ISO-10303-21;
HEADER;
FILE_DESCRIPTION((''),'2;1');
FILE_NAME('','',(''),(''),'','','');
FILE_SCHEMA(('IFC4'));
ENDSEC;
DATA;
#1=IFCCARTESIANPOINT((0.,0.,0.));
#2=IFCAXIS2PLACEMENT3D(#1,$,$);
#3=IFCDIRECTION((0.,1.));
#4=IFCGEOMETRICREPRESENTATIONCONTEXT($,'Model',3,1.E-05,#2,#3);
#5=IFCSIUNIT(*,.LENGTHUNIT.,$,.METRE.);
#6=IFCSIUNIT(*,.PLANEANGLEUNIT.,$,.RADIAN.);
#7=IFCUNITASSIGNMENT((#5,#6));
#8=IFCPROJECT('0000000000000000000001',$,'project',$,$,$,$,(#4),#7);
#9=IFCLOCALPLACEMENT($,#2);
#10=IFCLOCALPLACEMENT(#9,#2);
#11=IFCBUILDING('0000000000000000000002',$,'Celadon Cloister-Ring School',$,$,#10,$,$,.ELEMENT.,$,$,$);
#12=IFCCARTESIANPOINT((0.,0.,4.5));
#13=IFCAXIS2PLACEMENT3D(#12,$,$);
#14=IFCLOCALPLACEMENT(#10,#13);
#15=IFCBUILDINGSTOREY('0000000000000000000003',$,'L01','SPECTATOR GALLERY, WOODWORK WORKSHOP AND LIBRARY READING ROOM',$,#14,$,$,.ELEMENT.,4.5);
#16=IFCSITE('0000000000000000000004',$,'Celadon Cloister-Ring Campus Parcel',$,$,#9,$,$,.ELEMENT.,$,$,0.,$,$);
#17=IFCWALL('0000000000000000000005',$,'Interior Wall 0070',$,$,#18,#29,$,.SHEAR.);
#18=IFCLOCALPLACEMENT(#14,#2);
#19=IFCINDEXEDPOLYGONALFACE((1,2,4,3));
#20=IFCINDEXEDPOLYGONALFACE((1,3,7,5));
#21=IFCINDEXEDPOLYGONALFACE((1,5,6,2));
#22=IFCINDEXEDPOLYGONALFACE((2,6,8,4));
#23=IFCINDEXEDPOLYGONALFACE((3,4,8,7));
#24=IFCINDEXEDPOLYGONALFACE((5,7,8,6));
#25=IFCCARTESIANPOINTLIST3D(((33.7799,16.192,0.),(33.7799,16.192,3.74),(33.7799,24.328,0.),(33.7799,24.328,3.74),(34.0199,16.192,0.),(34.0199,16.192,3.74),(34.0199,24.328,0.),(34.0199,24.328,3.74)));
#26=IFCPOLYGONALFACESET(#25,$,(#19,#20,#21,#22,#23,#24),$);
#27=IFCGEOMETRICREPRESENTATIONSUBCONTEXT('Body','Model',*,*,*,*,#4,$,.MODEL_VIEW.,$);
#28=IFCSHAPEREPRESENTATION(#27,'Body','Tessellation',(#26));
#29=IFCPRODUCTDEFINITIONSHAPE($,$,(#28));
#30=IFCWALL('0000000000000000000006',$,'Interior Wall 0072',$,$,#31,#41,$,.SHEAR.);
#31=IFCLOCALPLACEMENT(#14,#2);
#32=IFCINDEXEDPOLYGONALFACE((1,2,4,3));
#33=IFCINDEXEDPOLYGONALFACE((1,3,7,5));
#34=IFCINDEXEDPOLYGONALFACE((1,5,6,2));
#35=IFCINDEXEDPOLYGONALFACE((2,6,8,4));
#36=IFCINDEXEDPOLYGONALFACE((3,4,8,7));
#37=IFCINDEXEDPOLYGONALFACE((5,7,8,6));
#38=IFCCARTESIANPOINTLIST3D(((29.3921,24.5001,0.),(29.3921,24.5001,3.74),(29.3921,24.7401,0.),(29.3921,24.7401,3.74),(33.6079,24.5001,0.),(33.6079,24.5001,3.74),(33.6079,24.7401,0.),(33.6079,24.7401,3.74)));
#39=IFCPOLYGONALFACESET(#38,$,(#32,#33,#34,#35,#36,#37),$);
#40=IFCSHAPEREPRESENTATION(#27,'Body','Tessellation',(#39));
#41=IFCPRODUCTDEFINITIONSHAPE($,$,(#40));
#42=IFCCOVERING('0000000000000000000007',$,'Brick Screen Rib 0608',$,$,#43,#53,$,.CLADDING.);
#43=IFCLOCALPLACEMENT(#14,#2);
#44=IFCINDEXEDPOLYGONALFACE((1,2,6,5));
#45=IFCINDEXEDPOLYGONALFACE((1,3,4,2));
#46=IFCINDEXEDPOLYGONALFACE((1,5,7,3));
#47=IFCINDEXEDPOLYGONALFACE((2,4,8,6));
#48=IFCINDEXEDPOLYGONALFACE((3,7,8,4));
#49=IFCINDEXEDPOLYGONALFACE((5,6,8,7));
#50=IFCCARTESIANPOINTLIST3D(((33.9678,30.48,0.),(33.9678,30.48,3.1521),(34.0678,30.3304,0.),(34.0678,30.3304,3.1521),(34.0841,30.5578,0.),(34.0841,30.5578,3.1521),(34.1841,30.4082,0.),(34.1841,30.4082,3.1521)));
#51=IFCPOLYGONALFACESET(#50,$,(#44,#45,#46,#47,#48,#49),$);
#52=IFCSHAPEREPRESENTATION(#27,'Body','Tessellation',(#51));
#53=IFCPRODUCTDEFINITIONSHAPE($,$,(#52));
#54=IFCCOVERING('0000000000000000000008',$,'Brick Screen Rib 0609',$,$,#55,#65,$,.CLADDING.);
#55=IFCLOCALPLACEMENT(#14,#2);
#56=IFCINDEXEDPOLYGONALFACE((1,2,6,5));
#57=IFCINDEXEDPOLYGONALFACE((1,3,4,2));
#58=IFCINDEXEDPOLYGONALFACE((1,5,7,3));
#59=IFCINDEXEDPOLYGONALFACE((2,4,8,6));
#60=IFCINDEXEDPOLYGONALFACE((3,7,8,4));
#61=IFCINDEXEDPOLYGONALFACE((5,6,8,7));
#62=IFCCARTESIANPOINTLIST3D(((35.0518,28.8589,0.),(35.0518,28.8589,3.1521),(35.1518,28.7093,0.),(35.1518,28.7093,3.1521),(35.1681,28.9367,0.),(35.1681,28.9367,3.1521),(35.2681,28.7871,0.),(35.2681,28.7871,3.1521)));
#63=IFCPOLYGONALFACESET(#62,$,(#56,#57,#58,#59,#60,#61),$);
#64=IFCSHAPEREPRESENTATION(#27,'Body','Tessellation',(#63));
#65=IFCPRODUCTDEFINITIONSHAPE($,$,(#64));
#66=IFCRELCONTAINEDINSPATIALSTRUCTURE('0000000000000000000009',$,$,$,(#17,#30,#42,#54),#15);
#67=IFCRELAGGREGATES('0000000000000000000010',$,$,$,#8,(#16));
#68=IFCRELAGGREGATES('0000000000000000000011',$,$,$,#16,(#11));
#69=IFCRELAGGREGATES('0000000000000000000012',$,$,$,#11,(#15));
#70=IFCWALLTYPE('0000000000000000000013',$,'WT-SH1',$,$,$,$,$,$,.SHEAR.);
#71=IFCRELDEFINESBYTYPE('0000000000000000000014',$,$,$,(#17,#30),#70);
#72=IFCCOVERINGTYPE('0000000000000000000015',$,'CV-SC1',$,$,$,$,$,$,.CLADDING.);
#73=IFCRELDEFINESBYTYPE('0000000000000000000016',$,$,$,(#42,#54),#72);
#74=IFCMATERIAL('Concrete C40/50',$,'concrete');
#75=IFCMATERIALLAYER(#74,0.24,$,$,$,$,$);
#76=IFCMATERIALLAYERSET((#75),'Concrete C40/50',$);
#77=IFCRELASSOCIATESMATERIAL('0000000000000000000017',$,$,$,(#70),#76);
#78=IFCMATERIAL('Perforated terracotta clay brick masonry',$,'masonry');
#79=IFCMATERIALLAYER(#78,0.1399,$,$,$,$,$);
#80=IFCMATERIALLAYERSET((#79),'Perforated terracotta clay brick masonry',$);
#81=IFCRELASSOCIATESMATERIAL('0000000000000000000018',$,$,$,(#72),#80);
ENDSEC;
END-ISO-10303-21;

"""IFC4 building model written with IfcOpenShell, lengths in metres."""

from ifc_helpers import new_model, si_unit, direction, frame, frame_2d, origin, origin_2d, place, context, subcontext, project, spatial, rectangle, extrude, material, layer, layer_set, type_object, element, save


model = new_model("IFC4")

# Units and contexts
model_context = context("Model", 3, precision=1e-05, world=origin(), true_north=direction((0.0, 1.0)))
body_context = subcontext(model_context, "Body", "Model", "MODEL_VIEW")
ifc_project = project(units=[si_unit("LENGTHUNIT", "METRE"), si_unit("PLANEANGLEUNIT", "RADIAN")], contexts=[model_context])

# Site, building, storey
site_placement = place(None, origin())
site = spatial("IfcSite", under=ifc_project, at=site_placement, Name="Celadon Cloister-Ring Campus Parcel", CompositionType="ELEMENT", RefElevation=0.0)
building_placement = place(site_placement, origin())
building = spatial("IfcBuilding", under=site, at=building_placement, Name="Celadon Cloister-Ring School", CompositionType="ELEMENT")
storey_placement = place(building_placement, frame((0.0, 0.0, 4.5)))
storey = spatial("IfcBuildingStorey", under=building, at=storey_placement, Name="L01", Description="SPECTATOR GALLERY, WOODWORK WORKSHOP AND LIBRARY READING ROOM", CompositionType="ELEMENT", Elevation=4.5)

# Walls
ifc_material_1 = material(Name="Concrete C40/50", Category="concrete")
ifc_layer_1 = layer(ifc_material_1, 0.24)
ifc_layer_set_1 = layer_set([ifc_layer_1], Name="Concrete C40/50")
wall_type_1 = type_object("IfcWallType", Name="WT-SH1", PredefinedType="SHEAR", material=ifc_layer_set_1)
wall_1_placement = place(storey_placement, frame((33.8999, 24.3279, 0.0), z_axis=(0.0, 0.0, 1.0), x_axis=(0.0, -1.0, 0.0)))
element("IfcWall", 1, at=wall_1_placement, inside=storey, type_object=wall_type_1, Name="Interior Wall 0070", PredefinedType="SHEAR", context=body_context, shape_type="SweptSolid", body=[
    extrude(rectangle(XDim=8.136, YDim=0.24, at=frame_2d((4.0679, 0.0))), origin(), (0.0, 0.0, 1.0), 3.74),
])
wall_2_placement = place(storey_placement, frame((33.6079, 24.6201, 0.0), z_axis=(0.0, 0.0, 1.0), x_axis=(-1.0, 0.0, 0.0)))
element("IfcWall", 2, at=wall_2_placement, inside=storey, type_object=wall_type_1, Name="Interior Wall 0072", PredefinedType="SHEAR", context=body_context, shape_type="SweptSolid", body=[
    extrude(rectangle(XDim=4.2158, YDim=0.24, at=frame_2d((2.1079, 0.0))), origin(), (0.0, 0.0, 1.0), 3.74),
])

# Coverings
ifc_material_2 = material(Name="Perforated terracotta clay brick masonry", Category="masonry")
ifc_layer_2 = layer(ifc_material_2, 0.1399)
ifc_layer_set_2 = layer_set([ifc_layer_2], Name="Perforated terracotta clay brick masonry")
covering_type = type_object("IfcCoveringType", Name="CV-SC1", PredefinedType="CLADDING", material=ifc_layer_set_2)
for number, where, z_axis, x_axis, name in (
    (3, (34.0759, 30.4441, 0.0), (0.0, 0.0, 1.0), (0.555672, -0.831402, 0.0), "Brick Screen Rib 0608"),
    (4, (35.1599, 28.823, 0.0), (0.0, 0.0, 1.0), (0.555672, -0.831402, 0.0), "Brick Screen Rib 0609"),
):
    element("IfcCovering", number, at=place(storey_placement, frame(where, z_axis=z_axis, x_axis=x_axis)), inside=storey, type_object=covering_type, Name=name, PredefinedType="CLADDING", context=body_context, shape_type="SweptSolid", body=[
        extrude(rectangle(XDim=0.1799, YDim=0.1399, at=origin_2d()), origin(), (0.0, 0.0, 1.0), 3.1521),
    ])

save(model, "model.ifc")
